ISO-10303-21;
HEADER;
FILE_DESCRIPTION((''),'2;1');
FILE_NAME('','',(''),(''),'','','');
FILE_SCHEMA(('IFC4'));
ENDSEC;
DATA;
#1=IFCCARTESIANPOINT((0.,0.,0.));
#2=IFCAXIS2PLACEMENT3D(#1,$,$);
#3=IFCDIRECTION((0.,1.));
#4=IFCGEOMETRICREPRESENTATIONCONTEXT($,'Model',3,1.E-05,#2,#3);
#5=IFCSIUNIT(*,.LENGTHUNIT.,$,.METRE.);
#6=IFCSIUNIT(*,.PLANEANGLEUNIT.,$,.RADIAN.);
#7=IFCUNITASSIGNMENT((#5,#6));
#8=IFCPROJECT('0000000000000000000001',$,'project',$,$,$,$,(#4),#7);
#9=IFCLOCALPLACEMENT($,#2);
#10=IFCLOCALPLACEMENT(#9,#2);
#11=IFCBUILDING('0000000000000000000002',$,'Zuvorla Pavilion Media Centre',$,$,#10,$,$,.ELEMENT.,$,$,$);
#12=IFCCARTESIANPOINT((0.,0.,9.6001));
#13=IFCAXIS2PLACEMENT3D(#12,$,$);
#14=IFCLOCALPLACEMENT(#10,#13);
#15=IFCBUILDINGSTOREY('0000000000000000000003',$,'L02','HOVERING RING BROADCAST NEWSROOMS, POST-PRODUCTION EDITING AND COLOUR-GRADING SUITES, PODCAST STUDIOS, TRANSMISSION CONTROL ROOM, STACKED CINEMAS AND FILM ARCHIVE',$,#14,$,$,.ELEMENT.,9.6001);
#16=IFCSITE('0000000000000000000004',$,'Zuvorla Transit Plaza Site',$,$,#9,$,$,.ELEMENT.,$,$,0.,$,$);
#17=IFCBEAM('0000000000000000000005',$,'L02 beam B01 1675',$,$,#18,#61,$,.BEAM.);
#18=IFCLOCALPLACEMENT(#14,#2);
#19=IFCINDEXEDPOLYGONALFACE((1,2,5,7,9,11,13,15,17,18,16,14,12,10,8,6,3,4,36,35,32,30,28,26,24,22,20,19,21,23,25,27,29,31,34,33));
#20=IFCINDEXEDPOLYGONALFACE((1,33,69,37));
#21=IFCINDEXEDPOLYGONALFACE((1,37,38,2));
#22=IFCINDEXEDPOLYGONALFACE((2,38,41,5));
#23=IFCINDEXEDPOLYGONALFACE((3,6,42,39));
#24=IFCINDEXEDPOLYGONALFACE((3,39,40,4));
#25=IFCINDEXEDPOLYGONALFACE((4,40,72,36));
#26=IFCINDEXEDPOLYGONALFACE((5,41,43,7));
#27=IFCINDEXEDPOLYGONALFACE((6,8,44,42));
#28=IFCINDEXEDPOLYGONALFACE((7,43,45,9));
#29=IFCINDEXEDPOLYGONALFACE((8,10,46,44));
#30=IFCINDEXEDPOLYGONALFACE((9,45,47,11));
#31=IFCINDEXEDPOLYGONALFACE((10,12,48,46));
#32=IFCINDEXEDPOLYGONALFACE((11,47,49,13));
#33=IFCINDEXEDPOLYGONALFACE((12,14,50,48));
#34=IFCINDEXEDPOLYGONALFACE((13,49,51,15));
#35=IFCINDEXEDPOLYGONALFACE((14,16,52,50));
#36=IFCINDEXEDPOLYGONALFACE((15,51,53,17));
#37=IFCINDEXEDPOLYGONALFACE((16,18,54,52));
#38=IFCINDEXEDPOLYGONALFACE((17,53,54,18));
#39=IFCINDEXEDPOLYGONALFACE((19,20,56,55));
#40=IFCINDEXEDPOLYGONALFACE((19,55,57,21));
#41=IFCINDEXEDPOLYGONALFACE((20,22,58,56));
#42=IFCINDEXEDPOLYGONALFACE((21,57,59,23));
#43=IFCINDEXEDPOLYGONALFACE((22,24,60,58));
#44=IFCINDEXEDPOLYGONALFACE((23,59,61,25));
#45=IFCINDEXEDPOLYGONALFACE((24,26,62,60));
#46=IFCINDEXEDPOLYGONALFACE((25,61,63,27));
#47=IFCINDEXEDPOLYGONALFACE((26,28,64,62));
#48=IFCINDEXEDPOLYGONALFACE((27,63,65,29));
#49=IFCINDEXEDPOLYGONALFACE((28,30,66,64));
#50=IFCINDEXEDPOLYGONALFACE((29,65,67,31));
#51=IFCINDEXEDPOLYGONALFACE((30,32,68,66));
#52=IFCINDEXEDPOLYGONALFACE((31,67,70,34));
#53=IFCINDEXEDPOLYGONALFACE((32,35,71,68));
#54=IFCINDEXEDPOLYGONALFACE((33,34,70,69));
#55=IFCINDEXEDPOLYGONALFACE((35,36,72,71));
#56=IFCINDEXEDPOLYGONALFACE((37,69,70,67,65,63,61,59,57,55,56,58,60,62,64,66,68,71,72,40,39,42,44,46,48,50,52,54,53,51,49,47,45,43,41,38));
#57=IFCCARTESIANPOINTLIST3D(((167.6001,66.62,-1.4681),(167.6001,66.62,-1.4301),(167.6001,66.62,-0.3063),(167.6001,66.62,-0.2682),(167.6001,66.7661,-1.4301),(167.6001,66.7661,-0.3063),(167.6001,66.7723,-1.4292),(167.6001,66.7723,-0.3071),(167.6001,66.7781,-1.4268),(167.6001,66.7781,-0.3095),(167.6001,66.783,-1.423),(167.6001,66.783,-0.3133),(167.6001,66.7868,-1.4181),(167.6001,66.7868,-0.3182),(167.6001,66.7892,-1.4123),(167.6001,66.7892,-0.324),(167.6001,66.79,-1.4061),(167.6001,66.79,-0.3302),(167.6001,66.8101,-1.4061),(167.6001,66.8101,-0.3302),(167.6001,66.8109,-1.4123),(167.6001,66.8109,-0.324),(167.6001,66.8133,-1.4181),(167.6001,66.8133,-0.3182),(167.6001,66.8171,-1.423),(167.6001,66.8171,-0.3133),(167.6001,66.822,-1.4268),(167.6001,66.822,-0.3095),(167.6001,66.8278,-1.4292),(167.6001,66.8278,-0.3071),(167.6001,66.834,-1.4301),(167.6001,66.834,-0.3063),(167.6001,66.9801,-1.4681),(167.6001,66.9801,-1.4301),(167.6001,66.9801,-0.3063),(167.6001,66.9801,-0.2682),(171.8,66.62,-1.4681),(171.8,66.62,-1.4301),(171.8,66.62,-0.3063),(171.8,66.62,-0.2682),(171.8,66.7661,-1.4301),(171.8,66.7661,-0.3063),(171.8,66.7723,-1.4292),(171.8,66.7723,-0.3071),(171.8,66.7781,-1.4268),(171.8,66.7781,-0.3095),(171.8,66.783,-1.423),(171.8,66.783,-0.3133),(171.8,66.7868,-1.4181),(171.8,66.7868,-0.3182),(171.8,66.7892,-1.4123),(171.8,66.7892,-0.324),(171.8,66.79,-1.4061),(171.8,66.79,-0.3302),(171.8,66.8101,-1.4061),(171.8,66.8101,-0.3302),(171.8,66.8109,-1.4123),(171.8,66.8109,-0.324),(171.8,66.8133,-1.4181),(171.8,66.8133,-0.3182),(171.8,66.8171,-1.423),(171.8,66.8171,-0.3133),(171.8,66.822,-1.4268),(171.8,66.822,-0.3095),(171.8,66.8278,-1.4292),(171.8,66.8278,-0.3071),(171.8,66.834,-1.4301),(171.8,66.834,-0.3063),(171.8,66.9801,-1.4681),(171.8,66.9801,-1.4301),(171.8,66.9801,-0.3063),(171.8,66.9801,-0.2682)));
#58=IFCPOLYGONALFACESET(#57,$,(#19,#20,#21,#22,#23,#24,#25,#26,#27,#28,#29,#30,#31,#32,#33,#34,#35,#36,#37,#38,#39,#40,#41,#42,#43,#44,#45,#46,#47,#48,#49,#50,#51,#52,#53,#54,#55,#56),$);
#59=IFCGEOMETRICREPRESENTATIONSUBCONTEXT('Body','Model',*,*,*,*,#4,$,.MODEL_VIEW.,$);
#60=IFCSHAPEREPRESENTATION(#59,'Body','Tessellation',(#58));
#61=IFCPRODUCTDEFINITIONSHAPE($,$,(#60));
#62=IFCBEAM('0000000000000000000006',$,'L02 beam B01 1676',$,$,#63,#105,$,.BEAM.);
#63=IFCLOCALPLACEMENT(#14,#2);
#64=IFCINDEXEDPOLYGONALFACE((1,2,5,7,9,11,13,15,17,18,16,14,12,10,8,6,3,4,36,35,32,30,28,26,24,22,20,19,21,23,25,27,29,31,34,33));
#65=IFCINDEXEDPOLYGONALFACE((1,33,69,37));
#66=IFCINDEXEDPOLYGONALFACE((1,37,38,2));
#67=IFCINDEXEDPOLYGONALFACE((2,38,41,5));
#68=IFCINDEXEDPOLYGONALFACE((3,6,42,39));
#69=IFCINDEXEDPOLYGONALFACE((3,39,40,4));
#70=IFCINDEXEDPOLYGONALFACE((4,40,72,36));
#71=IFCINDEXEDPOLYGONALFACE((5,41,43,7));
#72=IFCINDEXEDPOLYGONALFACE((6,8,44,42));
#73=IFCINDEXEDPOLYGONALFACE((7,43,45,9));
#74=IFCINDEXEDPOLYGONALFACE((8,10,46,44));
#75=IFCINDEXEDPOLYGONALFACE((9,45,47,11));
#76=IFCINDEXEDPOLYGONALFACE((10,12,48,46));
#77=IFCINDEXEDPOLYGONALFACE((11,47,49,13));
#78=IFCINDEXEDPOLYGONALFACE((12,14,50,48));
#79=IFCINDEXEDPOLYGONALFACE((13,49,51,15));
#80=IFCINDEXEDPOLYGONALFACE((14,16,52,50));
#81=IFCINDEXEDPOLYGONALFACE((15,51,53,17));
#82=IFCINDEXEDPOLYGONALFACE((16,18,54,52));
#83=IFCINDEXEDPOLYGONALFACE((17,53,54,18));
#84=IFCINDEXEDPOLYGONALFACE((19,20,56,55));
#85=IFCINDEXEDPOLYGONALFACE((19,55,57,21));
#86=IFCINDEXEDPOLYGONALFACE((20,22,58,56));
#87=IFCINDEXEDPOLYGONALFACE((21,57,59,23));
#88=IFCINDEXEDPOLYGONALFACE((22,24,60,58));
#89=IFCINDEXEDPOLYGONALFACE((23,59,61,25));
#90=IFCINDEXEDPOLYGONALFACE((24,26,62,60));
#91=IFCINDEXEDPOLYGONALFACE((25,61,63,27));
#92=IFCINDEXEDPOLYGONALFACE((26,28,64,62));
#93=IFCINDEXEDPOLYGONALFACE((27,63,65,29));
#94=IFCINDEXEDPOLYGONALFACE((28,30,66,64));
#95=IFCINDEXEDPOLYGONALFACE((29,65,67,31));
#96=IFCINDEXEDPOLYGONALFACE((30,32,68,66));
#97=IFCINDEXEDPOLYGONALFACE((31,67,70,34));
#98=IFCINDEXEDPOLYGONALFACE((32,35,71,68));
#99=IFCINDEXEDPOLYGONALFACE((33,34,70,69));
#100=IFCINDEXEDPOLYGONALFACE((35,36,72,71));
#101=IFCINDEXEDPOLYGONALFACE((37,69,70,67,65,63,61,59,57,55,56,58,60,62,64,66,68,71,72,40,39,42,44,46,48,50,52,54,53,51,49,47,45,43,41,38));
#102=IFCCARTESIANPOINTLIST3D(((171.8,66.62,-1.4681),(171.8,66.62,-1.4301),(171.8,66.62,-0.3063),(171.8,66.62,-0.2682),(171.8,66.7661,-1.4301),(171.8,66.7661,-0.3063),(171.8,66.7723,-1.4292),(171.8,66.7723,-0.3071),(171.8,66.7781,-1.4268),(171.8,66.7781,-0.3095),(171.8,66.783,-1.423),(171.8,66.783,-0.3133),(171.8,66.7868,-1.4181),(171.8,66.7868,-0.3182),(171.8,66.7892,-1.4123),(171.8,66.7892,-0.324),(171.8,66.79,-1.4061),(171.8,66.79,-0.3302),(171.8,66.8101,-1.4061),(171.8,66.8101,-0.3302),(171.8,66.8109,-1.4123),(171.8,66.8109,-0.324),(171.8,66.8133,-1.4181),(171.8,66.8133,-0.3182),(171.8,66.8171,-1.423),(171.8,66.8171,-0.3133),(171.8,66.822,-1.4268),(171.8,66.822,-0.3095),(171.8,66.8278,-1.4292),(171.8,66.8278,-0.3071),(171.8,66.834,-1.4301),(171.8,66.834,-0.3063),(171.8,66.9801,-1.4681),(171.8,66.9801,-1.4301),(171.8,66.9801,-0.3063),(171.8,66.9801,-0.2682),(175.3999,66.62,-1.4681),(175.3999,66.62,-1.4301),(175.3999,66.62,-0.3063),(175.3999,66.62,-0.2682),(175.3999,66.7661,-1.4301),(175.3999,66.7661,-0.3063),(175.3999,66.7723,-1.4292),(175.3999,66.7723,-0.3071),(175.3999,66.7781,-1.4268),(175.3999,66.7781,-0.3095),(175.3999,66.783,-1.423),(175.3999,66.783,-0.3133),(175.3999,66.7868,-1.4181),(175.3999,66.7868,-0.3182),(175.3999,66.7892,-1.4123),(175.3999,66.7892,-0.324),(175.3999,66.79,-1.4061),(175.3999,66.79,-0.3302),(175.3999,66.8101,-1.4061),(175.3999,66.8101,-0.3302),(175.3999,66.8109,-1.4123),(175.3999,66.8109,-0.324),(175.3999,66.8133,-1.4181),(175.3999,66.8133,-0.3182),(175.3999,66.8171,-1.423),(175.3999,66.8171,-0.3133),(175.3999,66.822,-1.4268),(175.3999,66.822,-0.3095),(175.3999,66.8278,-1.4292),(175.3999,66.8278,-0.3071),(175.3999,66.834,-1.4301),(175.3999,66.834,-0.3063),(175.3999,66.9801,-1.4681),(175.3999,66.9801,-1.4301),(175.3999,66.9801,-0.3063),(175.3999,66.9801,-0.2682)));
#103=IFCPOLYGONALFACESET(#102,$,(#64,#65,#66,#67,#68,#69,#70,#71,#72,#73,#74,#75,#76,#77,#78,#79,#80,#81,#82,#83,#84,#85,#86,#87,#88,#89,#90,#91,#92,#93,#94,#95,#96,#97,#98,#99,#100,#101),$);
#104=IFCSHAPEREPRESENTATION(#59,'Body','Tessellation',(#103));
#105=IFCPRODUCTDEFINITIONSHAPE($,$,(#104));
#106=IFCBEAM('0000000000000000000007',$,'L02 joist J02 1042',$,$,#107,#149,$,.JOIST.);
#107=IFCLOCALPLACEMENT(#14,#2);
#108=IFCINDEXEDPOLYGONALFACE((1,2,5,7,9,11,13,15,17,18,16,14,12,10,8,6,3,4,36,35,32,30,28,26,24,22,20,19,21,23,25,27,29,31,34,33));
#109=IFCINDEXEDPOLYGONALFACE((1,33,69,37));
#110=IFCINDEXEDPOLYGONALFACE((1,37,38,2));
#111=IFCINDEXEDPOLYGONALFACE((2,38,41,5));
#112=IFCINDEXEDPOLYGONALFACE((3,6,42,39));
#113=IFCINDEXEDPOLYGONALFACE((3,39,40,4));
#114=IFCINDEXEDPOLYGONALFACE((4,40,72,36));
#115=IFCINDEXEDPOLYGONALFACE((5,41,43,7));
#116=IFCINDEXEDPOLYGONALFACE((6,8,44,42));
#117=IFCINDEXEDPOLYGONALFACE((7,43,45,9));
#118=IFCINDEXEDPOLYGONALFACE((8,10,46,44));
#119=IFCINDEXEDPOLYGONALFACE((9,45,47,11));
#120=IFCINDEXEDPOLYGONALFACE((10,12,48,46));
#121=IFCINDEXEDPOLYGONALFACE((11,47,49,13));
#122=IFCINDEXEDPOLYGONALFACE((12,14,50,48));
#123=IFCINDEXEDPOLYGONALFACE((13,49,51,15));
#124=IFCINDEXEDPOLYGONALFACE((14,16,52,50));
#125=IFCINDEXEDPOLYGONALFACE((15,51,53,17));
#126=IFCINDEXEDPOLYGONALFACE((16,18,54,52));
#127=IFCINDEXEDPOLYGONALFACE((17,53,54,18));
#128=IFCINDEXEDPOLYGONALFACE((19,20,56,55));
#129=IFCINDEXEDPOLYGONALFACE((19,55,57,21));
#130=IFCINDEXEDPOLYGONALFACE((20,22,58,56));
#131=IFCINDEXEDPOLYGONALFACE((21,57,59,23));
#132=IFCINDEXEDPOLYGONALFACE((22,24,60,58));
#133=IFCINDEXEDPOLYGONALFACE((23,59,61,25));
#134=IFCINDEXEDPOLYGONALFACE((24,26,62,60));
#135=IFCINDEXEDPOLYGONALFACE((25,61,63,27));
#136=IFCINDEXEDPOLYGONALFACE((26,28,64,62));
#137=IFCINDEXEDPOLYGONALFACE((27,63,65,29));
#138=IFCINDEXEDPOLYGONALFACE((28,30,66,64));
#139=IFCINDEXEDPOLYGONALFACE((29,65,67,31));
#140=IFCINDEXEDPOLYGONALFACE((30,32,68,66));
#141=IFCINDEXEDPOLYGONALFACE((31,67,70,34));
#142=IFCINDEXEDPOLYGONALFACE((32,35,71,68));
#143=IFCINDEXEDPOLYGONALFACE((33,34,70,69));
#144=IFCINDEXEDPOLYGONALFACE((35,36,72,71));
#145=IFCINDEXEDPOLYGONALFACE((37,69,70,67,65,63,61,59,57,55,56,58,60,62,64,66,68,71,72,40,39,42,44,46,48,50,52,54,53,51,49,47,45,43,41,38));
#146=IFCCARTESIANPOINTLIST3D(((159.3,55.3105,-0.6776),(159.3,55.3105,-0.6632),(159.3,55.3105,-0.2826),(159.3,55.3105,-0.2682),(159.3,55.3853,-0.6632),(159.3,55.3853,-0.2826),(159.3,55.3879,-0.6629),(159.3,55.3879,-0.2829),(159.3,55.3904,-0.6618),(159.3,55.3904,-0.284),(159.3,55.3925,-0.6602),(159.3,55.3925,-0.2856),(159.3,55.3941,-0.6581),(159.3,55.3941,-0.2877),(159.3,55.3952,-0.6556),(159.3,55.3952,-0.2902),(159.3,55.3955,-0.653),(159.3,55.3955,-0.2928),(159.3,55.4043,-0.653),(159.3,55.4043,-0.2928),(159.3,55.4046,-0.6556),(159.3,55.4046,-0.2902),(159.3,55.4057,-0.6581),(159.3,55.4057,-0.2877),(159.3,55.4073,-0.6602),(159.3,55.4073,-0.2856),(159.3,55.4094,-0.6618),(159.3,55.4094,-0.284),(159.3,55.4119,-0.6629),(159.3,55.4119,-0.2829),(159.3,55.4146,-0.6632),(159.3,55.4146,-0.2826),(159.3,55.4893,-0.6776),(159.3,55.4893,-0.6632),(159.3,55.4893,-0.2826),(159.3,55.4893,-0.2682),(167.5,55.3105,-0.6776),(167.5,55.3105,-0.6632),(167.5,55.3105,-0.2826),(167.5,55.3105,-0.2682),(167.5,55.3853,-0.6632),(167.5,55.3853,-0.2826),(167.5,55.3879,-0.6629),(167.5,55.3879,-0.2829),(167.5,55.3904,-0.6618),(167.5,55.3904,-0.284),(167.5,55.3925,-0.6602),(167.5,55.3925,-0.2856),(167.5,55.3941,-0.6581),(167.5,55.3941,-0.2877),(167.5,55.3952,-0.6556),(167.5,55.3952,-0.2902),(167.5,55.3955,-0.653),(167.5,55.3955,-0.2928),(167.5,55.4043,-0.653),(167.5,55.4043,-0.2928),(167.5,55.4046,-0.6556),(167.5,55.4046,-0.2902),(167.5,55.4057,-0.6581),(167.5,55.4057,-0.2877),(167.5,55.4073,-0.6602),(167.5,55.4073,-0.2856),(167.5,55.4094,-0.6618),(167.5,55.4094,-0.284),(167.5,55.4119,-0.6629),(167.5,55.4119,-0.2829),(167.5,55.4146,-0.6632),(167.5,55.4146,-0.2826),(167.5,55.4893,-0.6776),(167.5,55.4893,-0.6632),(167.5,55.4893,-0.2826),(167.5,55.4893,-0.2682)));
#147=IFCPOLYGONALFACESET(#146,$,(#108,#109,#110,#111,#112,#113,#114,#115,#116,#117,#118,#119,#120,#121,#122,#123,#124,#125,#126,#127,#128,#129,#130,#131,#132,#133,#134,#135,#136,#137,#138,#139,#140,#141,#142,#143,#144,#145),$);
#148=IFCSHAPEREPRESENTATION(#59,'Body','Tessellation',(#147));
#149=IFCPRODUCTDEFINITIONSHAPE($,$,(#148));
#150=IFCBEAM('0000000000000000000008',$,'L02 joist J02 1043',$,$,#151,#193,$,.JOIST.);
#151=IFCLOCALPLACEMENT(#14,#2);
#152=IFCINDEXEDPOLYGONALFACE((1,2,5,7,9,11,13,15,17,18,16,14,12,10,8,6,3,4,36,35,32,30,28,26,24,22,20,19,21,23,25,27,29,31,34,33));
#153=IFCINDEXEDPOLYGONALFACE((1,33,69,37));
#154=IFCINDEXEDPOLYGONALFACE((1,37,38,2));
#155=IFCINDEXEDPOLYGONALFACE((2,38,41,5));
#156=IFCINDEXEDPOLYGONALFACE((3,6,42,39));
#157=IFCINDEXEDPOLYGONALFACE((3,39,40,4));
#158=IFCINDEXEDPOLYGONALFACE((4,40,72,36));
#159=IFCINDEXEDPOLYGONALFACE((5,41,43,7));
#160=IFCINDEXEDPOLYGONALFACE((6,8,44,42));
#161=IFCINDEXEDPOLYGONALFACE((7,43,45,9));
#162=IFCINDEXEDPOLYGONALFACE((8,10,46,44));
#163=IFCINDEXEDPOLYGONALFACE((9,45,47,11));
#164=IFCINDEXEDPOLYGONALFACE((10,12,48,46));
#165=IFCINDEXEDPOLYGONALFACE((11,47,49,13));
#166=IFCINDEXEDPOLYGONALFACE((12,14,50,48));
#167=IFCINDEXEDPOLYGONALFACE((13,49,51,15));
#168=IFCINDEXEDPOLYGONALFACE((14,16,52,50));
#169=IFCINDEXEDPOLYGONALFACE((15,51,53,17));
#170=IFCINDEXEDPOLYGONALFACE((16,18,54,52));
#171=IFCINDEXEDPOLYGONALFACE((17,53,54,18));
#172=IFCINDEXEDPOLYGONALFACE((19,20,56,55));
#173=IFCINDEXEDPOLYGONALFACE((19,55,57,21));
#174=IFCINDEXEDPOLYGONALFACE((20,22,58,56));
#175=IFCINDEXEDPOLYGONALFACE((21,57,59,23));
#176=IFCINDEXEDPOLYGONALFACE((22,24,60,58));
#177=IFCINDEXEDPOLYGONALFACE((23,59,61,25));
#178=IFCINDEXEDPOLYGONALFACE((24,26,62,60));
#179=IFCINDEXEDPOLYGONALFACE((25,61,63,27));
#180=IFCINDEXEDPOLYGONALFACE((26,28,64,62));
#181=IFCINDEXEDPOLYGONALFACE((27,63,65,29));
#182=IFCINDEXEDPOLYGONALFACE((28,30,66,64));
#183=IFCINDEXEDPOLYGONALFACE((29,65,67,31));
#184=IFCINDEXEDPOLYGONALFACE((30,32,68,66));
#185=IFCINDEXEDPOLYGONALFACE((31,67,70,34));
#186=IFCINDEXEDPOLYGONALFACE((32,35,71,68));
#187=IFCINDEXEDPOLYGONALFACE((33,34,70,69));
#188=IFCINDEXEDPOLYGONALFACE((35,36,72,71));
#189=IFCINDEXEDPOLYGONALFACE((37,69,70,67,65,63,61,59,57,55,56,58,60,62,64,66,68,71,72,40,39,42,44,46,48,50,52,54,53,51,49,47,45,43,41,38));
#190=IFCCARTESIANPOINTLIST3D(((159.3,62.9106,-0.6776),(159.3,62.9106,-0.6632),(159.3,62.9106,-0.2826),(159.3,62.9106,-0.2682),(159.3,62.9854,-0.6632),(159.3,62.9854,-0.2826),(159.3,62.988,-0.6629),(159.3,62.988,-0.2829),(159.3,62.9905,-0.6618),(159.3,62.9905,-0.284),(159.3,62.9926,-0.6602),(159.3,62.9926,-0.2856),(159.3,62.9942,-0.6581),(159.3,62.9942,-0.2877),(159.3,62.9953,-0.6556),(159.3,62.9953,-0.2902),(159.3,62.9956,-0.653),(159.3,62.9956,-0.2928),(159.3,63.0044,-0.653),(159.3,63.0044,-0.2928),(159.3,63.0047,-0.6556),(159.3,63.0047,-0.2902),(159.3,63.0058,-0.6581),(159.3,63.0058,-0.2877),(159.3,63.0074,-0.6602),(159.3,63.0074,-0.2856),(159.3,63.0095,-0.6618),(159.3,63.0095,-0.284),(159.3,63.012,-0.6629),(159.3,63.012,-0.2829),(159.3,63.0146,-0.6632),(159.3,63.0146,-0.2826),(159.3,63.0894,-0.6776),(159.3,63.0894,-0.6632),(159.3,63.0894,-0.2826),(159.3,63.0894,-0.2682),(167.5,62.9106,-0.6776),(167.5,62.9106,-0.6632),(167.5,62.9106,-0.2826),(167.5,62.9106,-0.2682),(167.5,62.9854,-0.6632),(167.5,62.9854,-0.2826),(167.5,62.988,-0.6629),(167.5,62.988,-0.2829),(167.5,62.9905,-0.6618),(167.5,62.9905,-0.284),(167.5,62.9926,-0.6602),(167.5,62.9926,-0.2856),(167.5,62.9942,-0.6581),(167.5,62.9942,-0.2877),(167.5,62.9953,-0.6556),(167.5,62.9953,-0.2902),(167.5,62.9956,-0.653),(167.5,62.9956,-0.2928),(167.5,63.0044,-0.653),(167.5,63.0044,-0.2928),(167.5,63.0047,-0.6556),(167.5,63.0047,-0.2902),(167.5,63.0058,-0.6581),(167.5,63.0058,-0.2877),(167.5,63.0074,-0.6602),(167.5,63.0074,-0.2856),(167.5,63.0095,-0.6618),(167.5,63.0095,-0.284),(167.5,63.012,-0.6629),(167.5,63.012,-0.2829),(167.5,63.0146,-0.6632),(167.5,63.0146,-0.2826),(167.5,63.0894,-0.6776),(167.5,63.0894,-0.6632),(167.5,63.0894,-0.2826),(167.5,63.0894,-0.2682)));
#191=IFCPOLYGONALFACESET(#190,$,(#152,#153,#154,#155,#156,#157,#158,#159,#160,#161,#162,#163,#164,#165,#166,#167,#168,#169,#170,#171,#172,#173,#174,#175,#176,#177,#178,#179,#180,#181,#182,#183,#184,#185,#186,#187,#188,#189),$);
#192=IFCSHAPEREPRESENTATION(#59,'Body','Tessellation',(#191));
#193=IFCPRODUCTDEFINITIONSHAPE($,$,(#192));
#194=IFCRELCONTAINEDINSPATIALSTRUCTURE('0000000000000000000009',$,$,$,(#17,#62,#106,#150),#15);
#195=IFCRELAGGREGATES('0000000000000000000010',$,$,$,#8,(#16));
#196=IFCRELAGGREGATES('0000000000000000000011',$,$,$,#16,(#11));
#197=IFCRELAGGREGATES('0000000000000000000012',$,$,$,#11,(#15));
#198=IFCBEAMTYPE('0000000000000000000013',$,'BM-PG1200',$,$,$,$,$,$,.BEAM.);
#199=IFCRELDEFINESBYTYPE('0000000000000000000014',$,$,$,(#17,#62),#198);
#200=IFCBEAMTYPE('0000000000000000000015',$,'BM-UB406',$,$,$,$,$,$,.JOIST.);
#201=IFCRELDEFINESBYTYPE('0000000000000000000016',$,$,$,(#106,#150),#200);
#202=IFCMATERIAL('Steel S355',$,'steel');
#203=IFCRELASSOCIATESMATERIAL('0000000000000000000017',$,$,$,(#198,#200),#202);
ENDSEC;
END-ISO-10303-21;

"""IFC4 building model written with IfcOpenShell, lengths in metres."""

from ifc_helpers import new_model, si_unit, direction, frame, origin, origin_2d, place, context, subcontext, project, spatial, i_section, extrude, material, material_profile, profile_set, type_object, element, save


model = new_model("IFC4")

# Units and contexts
model_context = context("Model", 3, precision=1e-05, world=origin(), true_north=direction((0.0, 1.0)))
body_context = subcontext(model_context, "Body", "Model", "MODEL_VIEW")
ifc_project = project(units=[si_unit("LENGTHUNIT", "METRE"), si_unit("PLANEANGLEUNIT", "RADIAN")], contexts=[model_context])

# Site, building, storey
site_placement = place(None, origin())
site = spatial("IfcSite", under=ifc_project, at=site_placement, Name="Zuvorla Transit Plaza Site", CompositionType="ELEMENT", RefElevation=0.0)
building_placement = place(site_placement, origin())
building = spatial("IfcBuilding", under=site, at=building_placement, Name="Zuvorla Pavilion Media Centre", CompositionType="ELEMENT")
storey_placement = place(building_placement, frame((0.0, 0.0, 9.6001)))
storey = spatial("IfcBuildingStorey", under=building, at=storey_placement, Name="L02", Description="HOVERING RING BROADCAST NEWSROOMS, POST-PRODUCTION EDITING AND COLOUR-GRADING SUITES, PODCAST STUDIOS, TRANSMISSION CONTROL ROOM, STACKED CINEMAS AND FILM ARCHIVE", CompositionType="ELEMENT", Elevation=9.6001)

# Shared definitions
ifc_material_1 = material(Name="Steel S355", Category="steel")

# Beams
ifc_material_profile_1 = material_profile(ifc_material_1, i_section(OverallWidth=0.3601, OverallDepth=1.2, WebThickness=0.02, FlangeThickness=0.0381, FilletRadius=0.0239, at=origin_2d()), Name="PG 1200x360x38")
ifc_profile_set_1 = profile_set([ifc_material_profile_1], Name="Steel S355")
beam_type_1 = type_object("IfcBeamType", Name="BM-PG1200", PredefinedType="BEAM", material=ifc_profile_set_1)
beam_1_placement = place(storey_placement, frame((167.6001, 66.8, -0.8682), z_axis=(1.0, 0.0, 0.0), x_axis=(0.0, 1.0, 0.0)))
element("IfcBeam", 1, at=beam_1_placement, inside=storey, type_object=beam_type_1, Name="L02 beam B01 1675", PredefinedType="BEAM", context=body_context, shape_type="SweptSolid", body=[
    extrude(i_section(OverallWidth=0.3601, OverallDepth=1.2, WebThickness=0.02, FlangeThickness=0.0381, FilletRadius=0.0239, at=origin_2d()), origin(), (0.0, 0.0, 1.0), 4.2),
])
beam_2_placement = place(storey_placement, frame((171.8, 66.8, -0.8682), z_axis=(1.0, 0.0, 0.0), x_axis=(0.0, 1.0, 0.0)))
element("IfcBeam", 2, at=beam_2_placement, inside=storey, type_object=beam_type_1, Name="L02 beam B01 1676", PredefinedType="BEAM", context=body_context, shape_type="SweptSolid", body=[
    extrude(i_section(OverallWidth=0.3601, OverallDepth=1.2, WebThickness=0.02, FlangeThickness=0.0381, FilletRadius=0.0239, at=origin_2d()), origin(), (0.0, 0.0, 1.0), 3.5999),
])
ifc_material_profile_2 = material_profile(ifc_material_1, i_section(OverallWidth=0.1787, OverallDepth=0.4094, WebThickness=0.0088, FlangeThickness=0.0144, FilletRadius=0.0103, at=origin_2d()), Name="UB 406x178x67")
ifc_profile_set_2 = profile_set([ifc_material_profile_2], Name="Steel S355")
beam_type_2 = type_object("IfcBeamType", Name="BM-UB406", PredefinedType="JOIST", material=ifc_profile_set_2)
for number, where, z_axis, x_axis, name in (
    (3, (159.3, 55.3999, -0.4729), (1.0, 0.0, 0.0), (0.0, 1.0, 0.0), "L02 joist J02 1042"),
    (4, (159.3, 63.0, -0.4729), (1.0, 0.0, 0.0), (0.0, 1.0, 0.0), "L02 joist J02 1043"),
):
    element("IfcBeam", number, at=place(storey_placement, frame(where, z_axis=z_axis, x_axis=x_axis)), inside=storey, type_object=beam_type_2, Name=name, PredefinedType="JOIST", context=body_context, shape_type="SweptSolid", body=[
        extrude(i_section(OverallWidth=0.1787, OverallDepth=0.4094, WebThickness=0.0088, FlangeThickness=0.0144, FilletRadius=0.0103, at=origin_2d()), origin(), (0.0, 0.0, 1.0), 8.2),
    ])

save(model, "model.ifc")
